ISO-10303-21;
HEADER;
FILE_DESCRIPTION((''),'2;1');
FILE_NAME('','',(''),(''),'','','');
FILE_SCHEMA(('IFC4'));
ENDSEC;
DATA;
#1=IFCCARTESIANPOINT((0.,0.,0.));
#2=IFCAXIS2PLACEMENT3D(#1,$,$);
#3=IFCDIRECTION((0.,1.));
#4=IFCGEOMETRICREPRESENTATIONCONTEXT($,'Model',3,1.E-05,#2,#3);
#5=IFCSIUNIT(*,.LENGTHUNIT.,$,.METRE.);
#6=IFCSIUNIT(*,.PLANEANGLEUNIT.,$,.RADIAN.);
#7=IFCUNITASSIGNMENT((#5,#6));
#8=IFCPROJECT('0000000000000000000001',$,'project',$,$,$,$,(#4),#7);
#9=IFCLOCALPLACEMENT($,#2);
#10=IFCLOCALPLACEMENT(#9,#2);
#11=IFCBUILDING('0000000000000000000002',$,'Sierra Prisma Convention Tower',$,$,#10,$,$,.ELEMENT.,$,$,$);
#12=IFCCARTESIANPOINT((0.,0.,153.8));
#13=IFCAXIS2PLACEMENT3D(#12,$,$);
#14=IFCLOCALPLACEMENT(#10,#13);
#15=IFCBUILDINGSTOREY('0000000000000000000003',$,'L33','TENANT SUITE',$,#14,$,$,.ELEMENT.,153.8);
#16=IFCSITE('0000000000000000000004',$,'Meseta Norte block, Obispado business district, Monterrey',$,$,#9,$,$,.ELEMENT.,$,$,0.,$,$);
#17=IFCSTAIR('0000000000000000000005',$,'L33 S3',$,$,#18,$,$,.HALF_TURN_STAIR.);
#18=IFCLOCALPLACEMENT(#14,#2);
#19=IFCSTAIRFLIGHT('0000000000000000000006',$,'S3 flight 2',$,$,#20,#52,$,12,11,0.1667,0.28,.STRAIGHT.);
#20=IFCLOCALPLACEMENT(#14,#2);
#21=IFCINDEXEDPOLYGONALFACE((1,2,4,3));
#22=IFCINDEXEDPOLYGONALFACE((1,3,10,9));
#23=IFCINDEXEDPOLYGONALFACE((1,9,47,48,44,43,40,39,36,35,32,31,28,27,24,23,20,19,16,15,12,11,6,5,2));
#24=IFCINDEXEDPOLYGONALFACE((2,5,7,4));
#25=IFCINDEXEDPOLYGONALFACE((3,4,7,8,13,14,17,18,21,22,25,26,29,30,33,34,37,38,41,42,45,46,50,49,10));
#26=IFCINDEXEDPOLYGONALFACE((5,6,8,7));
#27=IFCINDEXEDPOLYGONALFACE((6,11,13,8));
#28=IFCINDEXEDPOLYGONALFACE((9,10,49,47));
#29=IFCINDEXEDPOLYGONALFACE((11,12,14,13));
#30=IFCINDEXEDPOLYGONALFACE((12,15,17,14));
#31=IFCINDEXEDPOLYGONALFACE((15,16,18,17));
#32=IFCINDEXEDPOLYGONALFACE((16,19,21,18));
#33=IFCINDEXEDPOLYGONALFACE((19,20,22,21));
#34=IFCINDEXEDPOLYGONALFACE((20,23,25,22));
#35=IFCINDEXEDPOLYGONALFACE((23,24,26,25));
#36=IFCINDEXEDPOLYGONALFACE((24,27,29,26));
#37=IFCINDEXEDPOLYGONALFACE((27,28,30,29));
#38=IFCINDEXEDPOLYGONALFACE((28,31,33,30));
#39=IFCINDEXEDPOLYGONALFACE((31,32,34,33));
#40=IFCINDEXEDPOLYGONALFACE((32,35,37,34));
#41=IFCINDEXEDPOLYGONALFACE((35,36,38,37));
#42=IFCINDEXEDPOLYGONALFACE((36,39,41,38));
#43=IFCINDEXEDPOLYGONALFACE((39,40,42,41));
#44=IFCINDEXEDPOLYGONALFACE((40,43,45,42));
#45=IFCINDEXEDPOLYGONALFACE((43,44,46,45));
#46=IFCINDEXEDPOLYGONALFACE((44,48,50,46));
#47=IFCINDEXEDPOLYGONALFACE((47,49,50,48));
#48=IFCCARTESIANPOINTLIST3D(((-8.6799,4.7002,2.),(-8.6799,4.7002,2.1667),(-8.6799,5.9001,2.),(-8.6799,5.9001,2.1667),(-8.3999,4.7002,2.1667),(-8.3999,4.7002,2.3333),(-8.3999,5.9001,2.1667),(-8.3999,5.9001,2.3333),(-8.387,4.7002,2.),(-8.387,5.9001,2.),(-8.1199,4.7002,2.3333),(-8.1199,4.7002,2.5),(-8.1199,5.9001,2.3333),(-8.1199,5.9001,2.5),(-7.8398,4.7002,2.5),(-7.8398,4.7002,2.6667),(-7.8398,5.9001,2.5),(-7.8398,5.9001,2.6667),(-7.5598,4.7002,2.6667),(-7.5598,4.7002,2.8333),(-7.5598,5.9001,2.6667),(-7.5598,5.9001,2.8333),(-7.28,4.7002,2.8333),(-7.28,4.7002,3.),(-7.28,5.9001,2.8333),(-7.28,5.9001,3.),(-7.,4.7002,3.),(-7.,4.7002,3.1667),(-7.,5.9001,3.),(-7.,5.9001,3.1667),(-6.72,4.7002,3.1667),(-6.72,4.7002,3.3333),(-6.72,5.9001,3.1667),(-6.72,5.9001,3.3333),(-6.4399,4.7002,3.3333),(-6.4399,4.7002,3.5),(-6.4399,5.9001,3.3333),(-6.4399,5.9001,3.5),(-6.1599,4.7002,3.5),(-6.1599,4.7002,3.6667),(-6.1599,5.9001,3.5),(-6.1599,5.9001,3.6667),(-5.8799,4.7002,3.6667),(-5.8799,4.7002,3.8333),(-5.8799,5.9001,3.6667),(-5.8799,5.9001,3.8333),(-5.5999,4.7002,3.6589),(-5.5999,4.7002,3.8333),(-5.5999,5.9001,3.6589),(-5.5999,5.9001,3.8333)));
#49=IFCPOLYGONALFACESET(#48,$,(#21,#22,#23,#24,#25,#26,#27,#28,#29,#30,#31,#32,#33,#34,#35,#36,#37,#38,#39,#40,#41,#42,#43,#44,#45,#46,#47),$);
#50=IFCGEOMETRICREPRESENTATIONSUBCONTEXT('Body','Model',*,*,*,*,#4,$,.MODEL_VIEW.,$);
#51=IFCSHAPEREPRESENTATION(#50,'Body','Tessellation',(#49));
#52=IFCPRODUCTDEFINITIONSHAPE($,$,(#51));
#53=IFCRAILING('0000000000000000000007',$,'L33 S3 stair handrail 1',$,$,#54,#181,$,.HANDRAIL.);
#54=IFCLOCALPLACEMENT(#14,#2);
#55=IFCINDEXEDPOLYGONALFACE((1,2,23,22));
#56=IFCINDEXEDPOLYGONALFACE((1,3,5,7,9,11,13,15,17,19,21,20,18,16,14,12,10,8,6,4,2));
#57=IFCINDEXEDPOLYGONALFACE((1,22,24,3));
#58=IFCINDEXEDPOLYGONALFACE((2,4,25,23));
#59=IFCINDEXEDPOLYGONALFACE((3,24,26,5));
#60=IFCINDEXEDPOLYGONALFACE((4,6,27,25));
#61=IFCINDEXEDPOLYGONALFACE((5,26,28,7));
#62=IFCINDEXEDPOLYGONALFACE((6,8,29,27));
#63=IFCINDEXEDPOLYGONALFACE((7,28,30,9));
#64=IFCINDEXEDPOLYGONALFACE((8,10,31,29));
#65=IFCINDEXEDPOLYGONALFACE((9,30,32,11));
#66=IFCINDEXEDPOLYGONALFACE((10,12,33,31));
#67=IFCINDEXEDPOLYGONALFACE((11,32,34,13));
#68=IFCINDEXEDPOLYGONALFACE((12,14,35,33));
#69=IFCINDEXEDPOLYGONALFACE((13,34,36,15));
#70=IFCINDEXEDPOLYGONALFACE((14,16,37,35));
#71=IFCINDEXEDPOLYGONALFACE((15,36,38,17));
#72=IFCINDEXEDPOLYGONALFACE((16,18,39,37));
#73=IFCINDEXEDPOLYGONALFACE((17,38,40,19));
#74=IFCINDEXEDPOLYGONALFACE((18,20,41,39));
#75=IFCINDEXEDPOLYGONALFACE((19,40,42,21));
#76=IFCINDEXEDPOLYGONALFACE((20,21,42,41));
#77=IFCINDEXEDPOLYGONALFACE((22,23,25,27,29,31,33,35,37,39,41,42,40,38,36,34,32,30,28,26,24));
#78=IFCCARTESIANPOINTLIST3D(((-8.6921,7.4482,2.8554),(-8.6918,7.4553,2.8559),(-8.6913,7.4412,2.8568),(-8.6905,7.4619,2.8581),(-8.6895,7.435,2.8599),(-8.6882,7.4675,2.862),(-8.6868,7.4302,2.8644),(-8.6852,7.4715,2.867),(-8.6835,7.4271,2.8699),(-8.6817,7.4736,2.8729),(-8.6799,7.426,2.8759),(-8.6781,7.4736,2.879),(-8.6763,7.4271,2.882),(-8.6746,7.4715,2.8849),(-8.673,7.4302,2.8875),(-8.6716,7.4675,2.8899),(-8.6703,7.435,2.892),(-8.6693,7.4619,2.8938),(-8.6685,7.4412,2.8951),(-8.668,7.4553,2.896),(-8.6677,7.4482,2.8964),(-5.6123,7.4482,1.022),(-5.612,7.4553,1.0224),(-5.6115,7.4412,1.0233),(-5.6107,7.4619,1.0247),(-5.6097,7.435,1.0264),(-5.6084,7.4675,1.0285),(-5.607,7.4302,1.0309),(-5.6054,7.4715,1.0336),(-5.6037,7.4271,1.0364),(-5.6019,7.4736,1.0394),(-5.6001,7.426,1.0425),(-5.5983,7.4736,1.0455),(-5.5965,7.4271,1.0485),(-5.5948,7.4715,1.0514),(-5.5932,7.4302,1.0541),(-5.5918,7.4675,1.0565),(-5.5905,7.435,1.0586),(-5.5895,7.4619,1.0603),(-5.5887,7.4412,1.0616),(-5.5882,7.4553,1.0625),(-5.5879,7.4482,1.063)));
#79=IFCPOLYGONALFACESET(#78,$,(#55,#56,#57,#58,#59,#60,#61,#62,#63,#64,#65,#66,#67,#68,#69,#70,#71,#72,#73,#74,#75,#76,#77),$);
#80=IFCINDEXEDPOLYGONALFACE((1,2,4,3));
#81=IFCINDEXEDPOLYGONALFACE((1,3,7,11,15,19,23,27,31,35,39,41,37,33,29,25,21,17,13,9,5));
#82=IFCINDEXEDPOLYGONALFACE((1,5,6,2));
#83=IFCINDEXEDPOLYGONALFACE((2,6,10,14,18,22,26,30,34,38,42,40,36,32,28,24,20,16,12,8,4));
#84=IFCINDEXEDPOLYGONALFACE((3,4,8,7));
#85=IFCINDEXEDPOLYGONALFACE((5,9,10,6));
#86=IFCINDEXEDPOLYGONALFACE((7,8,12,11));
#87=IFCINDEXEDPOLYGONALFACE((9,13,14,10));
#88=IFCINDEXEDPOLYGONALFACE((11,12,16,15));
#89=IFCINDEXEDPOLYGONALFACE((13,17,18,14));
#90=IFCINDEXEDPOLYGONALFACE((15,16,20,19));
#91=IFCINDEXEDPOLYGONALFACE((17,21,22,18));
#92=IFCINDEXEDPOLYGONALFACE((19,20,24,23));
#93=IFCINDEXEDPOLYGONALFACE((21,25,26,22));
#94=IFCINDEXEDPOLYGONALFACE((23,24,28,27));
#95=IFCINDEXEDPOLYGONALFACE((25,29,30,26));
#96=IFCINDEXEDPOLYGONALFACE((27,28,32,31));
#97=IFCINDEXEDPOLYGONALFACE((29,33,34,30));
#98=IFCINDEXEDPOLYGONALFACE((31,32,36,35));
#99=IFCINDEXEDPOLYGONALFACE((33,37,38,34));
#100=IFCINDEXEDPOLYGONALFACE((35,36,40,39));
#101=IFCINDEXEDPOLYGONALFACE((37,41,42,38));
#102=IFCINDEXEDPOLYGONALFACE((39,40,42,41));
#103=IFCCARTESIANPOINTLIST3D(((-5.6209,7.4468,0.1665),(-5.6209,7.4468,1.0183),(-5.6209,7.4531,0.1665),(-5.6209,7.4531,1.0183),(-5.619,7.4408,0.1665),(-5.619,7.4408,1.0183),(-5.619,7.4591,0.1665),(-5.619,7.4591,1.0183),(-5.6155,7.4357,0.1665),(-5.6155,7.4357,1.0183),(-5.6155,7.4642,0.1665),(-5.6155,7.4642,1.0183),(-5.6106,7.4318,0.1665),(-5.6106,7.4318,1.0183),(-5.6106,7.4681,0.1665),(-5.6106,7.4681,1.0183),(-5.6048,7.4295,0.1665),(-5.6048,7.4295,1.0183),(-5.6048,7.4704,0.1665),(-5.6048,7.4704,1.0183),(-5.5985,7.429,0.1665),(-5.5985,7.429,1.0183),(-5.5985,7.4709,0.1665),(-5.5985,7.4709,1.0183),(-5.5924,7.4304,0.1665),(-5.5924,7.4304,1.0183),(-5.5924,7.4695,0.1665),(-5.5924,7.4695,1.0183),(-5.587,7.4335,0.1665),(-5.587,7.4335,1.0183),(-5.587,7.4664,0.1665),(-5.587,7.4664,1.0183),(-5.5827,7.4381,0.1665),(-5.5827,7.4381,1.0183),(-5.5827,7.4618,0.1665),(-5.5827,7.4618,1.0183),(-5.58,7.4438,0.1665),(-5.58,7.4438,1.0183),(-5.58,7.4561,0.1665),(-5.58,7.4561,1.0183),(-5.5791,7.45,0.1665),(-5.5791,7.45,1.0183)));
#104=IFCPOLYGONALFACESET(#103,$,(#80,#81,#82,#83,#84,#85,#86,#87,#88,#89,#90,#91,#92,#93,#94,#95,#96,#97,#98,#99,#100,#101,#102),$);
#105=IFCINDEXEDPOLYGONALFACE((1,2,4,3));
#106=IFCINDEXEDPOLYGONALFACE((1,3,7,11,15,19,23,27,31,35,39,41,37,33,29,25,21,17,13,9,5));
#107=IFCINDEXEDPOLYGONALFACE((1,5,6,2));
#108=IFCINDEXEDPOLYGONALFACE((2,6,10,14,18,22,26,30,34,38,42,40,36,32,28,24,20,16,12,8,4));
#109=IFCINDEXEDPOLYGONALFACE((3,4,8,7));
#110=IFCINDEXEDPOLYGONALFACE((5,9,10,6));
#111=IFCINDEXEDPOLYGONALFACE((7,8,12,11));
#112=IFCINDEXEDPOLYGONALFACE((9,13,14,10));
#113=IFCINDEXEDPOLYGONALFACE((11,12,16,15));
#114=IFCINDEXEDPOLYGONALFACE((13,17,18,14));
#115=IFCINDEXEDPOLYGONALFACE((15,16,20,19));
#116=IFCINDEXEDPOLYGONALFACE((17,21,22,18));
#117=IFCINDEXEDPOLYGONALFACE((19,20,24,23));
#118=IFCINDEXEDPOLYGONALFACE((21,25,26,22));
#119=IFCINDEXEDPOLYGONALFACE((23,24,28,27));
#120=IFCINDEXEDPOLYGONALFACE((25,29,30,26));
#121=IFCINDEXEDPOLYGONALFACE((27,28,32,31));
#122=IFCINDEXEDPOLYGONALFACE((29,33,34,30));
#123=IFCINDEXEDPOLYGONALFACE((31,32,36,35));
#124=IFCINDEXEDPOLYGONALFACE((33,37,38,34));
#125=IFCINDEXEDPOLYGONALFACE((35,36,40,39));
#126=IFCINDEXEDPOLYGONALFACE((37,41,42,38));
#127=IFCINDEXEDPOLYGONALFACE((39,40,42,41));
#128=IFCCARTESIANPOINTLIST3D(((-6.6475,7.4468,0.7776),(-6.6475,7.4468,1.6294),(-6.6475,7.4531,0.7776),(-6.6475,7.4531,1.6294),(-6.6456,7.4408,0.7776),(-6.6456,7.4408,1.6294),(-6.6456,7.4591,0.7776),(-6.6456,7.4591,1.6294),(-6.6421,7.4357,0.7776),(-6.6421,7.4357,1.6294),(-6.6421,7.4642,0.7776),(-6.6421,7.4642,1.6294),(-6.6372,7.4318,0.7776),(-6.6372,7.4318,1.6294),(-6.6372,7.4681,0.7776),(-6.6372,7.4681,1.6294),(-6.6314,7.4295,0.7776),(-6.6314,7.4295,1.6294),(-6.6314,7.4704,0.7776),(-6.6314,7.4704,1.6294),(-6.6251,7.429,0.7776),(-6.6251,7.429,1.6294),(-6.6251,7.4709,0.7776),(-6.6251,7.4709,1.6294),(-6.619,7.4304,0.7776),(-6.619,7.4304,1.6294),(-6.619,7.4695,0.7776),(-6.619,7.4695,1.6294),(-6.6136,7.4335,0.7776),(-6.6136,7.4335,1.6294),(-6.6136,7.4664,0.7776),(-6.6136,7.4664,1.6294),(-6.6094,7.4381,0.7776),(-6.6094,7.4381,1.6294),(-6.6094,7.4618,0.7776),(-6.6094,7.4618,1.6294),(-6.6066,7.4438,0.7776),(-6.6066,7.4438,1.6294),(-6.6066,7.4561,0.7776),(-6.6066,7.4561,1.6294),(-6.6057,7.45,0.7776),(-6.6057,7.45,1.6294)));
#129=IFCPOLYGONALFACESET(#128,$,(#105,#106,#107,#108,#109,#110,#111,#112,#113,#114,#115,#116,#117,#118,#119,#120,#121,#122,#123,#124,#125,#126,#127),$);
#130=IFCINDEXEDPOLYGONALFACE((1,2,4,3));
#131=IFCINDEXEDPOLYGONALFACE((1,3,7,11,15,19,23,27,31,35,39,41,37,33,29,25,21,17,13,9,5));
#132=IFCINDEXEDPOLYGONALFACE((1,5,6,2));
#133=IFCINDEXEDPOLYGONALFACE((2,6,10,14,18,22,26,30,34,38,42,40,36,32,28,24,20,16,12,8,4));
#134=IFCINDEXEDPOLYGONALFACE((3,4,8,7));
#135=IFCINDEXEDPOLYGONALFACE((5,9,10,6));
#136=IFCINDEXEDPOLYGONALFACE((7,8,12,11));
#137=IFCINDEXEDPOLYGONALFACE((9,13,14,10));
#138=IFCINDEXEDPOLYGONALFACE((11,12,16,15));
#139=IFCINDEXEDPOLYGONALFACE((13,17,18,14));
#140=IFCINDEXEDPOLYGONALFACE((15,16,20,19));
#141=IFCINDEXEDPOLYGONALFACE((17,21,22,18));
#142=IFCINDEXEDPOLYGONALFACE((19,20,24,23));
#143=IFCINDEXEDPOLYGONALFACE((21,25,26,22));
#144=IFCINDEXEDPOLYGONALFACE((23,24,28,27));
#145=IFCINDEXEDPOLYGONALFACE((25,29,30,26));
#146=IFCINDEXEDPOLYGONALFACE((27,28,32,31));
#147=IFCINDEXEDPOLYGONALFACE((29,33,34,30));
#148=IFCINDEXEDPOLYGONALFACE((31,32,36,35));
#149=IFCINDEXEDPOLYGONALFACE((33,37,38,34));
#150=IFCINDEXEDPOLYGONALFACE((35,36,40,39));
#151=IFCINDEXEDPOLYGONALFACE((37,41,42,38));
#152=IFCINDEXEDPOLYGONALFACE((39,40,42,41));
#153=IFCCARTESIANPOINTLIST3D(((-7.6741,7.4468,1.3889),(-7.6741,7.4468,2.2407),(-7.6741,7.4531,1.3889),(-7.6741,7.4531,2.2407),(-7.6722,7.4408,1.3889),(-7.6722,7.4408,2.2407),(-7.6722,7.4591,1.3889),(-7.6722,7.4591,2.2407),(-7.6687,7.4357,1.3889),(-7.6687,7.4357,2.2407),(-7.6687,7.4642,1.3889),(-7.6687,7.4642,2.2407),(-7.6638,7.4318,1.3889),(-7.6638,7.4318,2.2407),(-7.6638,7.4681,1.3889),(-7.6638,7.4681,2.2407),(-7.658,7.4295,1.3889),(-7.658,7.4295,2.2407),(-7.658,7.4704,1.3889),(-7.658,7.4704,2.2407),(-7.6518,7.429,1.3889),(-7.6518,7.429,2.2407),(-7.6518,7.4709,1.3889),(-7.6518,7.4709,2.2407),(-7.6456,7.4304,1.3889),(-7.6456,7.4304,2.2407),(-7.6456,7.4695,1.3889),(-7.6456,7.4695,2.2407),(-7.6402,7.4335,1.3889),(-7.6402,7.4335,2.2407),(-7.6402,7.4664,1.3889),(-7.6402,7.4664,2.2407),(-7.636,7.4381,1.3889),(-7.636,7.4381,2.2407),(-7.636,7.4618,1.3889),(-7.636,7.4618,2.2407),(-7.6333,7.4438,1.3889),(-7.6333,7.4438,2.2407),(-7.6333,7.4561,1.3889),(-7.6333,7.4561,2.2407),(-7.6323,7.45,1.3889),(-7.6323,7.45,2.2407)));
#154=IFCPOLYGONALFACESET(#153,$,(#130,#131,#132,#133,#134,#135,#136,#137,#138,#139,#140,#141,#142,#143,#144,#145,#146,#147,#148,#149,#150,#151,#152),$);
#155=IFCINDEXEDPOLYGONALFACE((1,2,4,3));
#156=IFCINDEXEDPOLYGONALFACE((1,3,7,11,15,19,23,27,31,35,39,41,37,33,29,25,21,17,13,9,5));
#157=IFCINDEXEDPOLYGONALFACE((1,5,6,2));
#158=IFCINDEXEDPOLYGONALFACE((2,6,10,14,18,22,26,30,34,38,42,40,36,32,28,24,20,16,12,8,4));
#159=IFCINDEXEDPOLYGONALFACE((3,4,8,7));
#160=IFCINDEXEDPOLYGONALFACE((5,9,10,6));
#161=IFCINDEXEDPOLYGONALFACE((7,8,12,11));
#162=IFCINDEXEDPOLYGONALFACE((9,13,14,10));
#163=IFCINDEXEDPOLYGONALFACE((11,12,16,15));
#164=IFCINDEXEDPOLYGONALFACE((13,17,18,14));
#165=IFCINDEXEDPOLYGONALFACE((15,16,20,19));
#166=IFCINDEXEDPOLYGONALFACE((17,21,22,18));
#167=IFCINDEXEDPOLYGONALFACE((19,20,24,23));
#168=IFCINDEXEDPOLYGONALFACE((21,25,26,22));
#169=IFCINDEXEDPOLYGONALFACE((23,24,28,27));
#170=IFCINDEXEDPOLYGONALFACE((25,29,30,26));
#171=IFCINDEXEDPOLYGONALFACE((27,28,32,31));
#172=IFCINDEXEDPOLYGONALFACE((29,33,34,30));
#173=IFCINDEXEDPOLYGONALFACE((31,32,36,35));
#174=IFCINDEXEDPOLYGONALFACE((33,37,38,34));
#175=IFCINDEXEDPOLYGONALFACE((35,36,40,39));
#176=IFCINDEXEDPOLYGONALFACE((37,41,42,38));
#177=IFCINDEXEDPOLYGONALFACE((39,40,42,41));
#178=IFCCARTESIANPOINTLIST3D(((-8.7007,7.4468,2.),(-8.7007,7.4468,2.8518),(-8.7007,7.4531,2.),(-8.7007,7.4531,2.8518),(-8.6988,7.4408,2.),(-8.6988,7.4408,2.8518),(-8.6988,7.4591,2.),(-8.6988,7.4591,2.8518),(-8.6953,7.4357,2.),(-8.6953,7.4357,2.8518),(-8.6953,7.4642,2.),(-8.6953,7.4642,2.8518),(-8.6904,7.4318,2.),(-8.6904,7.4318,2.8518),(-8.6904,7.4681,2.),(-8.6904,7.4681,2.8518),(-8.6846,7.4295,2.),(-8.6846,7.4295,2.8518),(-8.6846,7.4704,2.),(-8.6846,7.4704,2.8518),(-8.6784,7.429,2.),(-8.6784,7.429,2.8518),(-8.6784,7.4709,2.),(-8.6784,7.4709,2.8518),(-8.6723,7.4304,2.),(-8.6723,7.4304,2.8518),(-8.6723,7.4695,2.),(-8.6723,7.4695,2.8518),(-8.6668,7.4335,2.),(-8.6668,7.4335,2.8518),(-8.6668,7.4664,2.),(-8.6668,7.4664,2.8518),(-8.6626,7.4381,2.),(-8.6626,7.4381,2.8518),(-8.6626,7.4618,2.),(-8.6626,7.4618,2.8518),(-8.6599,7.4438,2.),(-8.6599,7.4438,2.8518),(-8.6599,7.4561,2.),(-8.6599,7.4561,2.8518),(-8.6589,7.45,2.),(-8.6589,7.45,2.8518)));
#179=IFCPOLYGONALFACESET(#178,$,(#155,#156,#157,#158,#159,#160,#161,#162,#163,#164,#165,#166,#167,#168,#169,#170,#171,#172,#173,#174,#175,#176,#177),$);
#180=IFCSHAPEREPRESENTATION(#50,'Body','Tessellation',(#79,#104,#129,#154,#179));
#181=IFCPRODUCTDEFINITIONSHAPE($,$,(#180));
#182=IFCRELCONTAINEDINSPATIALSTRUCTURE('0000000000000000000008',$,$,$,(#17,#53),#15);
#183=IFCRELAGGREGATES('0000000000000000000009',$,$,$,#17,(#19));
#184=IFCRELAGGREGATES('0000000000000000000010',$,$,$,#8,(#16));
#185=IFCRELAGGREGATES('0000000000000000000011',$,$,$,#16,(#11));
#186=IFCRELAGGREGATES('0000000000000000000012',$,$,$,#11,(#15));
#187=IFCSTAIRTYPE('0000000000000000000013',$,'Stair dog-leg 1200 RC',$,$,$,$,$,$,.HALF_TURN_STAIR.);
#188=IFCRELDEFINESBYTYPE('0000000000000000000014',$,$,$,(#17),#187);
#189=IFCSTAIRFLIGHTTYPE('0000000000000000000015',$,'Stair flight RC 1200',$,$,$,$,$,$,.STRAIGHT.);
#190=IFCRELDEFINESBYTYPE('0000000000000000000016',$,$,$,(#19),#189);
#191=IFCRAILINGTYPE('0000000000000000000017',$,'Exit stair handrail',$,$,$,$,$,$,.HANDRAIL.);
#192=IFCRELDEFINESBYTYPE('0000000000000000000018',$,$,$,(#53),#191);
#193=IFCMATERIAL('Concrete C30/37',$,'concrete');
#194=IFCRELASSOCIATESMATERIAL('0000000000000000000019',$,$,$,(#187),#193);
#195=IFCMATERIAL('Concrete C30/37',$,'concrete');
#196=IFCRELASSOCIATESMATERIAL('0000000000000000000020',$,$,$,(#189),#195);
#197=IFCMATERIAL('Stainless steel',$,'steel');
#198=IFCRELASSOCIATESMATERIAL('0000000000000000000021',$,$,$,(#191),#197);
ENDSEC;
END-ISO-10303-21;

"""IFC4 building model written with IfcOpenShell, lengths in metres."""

from ifc_helpers import new_model, si_unit, direction, frame, origin, origin_2d, place, context, subcontext, project, spatial, polyline, circle, outline, extrude, material, type_object, element, aggregate, save


model = new_model("IFC4")

# Units and contexts
model_context = context("Model", 3, precision=1e-05, world=origin(), true_north=direction((0.0, 1.0)))
body_context = subcontext(model_context, "Body", "Model", "MODEL_VIEW")
ifc_project = project(units=[si_unit("LENGTHUNIT", "METRE"), si_unit("PLANEANGLEUNIT", "RADIAN")], contexts=[model_context])

# Site, building, storey
site_placement = place(None, origin())
site = spatial("IfcSite", under=ifc_project, at=site_placement, Name="Meseta Norte block, Obispado business district, Monterrey", CompositionType="ELEMENT", RefElevation=0.0)
building_placement = place(site_placement, origin())
building = spatial("IfcBuilding", under=site, at=building_placement, Name="Sierra Prisma Convention Tower", CompositionType="ELEMENT")
storey_placement = place(building_placement, frame((0.0, 0.0, 153.8)))
storey = spatial("IfcBuildingStorey", under=building, at=storey_placement, Name="L33", Description="TENANT SUITE", CompositionType="ELEMENT", Elevation=153.8)

# Stair, stair flight
ifc_material_1 = material(Name="Concrete C30/37", Category="concrete")
stair_type = type_object("IfcStairType", Name="Stair dog-leg 1200 RC", PredefinedType="HALF_TURN_STAIR", material=ifc_material_1)
stair_placement = place(storey_placement, origin())
stair = element("IfcStair", 1, at=stair_placement, inside=storey, type_object=stair_type, Name="L33 S3", PredefinedType="HALF_TURN_STAIR")
ifc_material_2 = material(Name="Concrete C30/37", Category="concrete")
stair_flight_type = type_object("IfcStairFlightType", Name="Stair flight RC 1200", PredefinedType="STRAIGHT", material=ifc_material_2)
stair_flight_1_placement = place(storey_placement, frame((-8.6799, 5.3, 2.0), z_axis=(0.0, 0.0, 1.0), x_axis=(1.0, 0.0, 0.0)))
stair_flight_1 = element("IfcStairFlight", 2, at=stair_flight_1_placement, type_object=stair_flight_type, Name="S3 flight 2", NumberOfRisers=12, NumberOfTreads=11, PredefinedType="STRAIGHT", RiserHeight=0.1667, TreadLength=0.28, context=body_context, shape_type="SweptSolid", body=[
    extrude(outline(polyline([(0.0, 0.0), (0.0, 0.1667), (0.28, 0.1667), (0.28, 0.3333), (0.5601, 0.3333), (0.5601, 0.5), (0.8401, 0.5), (0.8401, 0.6667), (1.1201, 0.6667), (1.1201, 0.8333), (1.3999, 0.8333), (1.3999, 1.0), (1.6799, 1.0), (1.6799, 1.1667), (1.96, 1.1667), (1.96, 1.3333), (2.24, 1.3333), (2.24, 1.5), (2.52, 1.5), (2.52, 1.6667), (2.8, 1.6667), (2.8, 1.8333), (3.0801, 1.8333), (3.0801, 2.0), (3.0801, 1.6589), (0.293, 0.0), (0.0, 0.0)])), frame((0.0, 0.6001, 0.0), z_axis=(0.0, -1.0, 0.0), x_axis=(1.0, 0.0, 0.0)), (0.0, 0.0, 1.0), 1.2),
])
aggregate(stair, [stair_flight_1])

# Railing
ifc_material_3 = material(Name="Stainless steel", Category="steel")
railing_type_1 = type_object("IfcRailingType", Name="Exit stair handrail", PredefinedType="HANDRAIL", material=ifc_material_3)
railing_1_placement = place(storey_placement, frame((-5.6001, 7.45, 0.1665)))
element("IfcRailing", 3, at=railing_1_placement, inside=storey, type_object=railing_type_1, Name="L33 S3 stair handrail 1", PredefinedType="HANDRAIL", context=body_context, shape_type="SweptSolid", body=[
    extrude(circle(Radius=0.0239, at=origin_2d()), frame((0.0, 0.0, 0.876), z_axis=(-0.859261, 0.0, 0.511538), x_axis=(0.0, -1.0, 0.0)), (0.0, 0.0, 1.0), 3.5842),
    extrude(circle(Radius=0.021, at=origin_2d()), origin(), (0.0, 0.0, 1.0), 0.8518),
    extrude(circle(Radius=0.021, at=origin_2d()), frame((-1.0266, 0.0, 0.6111)), (0.0, 0.0, 1.0), 0.8518),
    extrude(circle(Radius=0.021, at=origin_2d()), frame((-2.0532, 0.0, 1.2224)), (0.0, 0.0, 1.0), 0.8518),
    extrude(circle(Radius=0.021, at=origin_2d()), frame((-3.0798, 0.0, 1.8335)), (0.0, 0.0, 1.0), 0.8518),
])

save(model, "model.ifc")
